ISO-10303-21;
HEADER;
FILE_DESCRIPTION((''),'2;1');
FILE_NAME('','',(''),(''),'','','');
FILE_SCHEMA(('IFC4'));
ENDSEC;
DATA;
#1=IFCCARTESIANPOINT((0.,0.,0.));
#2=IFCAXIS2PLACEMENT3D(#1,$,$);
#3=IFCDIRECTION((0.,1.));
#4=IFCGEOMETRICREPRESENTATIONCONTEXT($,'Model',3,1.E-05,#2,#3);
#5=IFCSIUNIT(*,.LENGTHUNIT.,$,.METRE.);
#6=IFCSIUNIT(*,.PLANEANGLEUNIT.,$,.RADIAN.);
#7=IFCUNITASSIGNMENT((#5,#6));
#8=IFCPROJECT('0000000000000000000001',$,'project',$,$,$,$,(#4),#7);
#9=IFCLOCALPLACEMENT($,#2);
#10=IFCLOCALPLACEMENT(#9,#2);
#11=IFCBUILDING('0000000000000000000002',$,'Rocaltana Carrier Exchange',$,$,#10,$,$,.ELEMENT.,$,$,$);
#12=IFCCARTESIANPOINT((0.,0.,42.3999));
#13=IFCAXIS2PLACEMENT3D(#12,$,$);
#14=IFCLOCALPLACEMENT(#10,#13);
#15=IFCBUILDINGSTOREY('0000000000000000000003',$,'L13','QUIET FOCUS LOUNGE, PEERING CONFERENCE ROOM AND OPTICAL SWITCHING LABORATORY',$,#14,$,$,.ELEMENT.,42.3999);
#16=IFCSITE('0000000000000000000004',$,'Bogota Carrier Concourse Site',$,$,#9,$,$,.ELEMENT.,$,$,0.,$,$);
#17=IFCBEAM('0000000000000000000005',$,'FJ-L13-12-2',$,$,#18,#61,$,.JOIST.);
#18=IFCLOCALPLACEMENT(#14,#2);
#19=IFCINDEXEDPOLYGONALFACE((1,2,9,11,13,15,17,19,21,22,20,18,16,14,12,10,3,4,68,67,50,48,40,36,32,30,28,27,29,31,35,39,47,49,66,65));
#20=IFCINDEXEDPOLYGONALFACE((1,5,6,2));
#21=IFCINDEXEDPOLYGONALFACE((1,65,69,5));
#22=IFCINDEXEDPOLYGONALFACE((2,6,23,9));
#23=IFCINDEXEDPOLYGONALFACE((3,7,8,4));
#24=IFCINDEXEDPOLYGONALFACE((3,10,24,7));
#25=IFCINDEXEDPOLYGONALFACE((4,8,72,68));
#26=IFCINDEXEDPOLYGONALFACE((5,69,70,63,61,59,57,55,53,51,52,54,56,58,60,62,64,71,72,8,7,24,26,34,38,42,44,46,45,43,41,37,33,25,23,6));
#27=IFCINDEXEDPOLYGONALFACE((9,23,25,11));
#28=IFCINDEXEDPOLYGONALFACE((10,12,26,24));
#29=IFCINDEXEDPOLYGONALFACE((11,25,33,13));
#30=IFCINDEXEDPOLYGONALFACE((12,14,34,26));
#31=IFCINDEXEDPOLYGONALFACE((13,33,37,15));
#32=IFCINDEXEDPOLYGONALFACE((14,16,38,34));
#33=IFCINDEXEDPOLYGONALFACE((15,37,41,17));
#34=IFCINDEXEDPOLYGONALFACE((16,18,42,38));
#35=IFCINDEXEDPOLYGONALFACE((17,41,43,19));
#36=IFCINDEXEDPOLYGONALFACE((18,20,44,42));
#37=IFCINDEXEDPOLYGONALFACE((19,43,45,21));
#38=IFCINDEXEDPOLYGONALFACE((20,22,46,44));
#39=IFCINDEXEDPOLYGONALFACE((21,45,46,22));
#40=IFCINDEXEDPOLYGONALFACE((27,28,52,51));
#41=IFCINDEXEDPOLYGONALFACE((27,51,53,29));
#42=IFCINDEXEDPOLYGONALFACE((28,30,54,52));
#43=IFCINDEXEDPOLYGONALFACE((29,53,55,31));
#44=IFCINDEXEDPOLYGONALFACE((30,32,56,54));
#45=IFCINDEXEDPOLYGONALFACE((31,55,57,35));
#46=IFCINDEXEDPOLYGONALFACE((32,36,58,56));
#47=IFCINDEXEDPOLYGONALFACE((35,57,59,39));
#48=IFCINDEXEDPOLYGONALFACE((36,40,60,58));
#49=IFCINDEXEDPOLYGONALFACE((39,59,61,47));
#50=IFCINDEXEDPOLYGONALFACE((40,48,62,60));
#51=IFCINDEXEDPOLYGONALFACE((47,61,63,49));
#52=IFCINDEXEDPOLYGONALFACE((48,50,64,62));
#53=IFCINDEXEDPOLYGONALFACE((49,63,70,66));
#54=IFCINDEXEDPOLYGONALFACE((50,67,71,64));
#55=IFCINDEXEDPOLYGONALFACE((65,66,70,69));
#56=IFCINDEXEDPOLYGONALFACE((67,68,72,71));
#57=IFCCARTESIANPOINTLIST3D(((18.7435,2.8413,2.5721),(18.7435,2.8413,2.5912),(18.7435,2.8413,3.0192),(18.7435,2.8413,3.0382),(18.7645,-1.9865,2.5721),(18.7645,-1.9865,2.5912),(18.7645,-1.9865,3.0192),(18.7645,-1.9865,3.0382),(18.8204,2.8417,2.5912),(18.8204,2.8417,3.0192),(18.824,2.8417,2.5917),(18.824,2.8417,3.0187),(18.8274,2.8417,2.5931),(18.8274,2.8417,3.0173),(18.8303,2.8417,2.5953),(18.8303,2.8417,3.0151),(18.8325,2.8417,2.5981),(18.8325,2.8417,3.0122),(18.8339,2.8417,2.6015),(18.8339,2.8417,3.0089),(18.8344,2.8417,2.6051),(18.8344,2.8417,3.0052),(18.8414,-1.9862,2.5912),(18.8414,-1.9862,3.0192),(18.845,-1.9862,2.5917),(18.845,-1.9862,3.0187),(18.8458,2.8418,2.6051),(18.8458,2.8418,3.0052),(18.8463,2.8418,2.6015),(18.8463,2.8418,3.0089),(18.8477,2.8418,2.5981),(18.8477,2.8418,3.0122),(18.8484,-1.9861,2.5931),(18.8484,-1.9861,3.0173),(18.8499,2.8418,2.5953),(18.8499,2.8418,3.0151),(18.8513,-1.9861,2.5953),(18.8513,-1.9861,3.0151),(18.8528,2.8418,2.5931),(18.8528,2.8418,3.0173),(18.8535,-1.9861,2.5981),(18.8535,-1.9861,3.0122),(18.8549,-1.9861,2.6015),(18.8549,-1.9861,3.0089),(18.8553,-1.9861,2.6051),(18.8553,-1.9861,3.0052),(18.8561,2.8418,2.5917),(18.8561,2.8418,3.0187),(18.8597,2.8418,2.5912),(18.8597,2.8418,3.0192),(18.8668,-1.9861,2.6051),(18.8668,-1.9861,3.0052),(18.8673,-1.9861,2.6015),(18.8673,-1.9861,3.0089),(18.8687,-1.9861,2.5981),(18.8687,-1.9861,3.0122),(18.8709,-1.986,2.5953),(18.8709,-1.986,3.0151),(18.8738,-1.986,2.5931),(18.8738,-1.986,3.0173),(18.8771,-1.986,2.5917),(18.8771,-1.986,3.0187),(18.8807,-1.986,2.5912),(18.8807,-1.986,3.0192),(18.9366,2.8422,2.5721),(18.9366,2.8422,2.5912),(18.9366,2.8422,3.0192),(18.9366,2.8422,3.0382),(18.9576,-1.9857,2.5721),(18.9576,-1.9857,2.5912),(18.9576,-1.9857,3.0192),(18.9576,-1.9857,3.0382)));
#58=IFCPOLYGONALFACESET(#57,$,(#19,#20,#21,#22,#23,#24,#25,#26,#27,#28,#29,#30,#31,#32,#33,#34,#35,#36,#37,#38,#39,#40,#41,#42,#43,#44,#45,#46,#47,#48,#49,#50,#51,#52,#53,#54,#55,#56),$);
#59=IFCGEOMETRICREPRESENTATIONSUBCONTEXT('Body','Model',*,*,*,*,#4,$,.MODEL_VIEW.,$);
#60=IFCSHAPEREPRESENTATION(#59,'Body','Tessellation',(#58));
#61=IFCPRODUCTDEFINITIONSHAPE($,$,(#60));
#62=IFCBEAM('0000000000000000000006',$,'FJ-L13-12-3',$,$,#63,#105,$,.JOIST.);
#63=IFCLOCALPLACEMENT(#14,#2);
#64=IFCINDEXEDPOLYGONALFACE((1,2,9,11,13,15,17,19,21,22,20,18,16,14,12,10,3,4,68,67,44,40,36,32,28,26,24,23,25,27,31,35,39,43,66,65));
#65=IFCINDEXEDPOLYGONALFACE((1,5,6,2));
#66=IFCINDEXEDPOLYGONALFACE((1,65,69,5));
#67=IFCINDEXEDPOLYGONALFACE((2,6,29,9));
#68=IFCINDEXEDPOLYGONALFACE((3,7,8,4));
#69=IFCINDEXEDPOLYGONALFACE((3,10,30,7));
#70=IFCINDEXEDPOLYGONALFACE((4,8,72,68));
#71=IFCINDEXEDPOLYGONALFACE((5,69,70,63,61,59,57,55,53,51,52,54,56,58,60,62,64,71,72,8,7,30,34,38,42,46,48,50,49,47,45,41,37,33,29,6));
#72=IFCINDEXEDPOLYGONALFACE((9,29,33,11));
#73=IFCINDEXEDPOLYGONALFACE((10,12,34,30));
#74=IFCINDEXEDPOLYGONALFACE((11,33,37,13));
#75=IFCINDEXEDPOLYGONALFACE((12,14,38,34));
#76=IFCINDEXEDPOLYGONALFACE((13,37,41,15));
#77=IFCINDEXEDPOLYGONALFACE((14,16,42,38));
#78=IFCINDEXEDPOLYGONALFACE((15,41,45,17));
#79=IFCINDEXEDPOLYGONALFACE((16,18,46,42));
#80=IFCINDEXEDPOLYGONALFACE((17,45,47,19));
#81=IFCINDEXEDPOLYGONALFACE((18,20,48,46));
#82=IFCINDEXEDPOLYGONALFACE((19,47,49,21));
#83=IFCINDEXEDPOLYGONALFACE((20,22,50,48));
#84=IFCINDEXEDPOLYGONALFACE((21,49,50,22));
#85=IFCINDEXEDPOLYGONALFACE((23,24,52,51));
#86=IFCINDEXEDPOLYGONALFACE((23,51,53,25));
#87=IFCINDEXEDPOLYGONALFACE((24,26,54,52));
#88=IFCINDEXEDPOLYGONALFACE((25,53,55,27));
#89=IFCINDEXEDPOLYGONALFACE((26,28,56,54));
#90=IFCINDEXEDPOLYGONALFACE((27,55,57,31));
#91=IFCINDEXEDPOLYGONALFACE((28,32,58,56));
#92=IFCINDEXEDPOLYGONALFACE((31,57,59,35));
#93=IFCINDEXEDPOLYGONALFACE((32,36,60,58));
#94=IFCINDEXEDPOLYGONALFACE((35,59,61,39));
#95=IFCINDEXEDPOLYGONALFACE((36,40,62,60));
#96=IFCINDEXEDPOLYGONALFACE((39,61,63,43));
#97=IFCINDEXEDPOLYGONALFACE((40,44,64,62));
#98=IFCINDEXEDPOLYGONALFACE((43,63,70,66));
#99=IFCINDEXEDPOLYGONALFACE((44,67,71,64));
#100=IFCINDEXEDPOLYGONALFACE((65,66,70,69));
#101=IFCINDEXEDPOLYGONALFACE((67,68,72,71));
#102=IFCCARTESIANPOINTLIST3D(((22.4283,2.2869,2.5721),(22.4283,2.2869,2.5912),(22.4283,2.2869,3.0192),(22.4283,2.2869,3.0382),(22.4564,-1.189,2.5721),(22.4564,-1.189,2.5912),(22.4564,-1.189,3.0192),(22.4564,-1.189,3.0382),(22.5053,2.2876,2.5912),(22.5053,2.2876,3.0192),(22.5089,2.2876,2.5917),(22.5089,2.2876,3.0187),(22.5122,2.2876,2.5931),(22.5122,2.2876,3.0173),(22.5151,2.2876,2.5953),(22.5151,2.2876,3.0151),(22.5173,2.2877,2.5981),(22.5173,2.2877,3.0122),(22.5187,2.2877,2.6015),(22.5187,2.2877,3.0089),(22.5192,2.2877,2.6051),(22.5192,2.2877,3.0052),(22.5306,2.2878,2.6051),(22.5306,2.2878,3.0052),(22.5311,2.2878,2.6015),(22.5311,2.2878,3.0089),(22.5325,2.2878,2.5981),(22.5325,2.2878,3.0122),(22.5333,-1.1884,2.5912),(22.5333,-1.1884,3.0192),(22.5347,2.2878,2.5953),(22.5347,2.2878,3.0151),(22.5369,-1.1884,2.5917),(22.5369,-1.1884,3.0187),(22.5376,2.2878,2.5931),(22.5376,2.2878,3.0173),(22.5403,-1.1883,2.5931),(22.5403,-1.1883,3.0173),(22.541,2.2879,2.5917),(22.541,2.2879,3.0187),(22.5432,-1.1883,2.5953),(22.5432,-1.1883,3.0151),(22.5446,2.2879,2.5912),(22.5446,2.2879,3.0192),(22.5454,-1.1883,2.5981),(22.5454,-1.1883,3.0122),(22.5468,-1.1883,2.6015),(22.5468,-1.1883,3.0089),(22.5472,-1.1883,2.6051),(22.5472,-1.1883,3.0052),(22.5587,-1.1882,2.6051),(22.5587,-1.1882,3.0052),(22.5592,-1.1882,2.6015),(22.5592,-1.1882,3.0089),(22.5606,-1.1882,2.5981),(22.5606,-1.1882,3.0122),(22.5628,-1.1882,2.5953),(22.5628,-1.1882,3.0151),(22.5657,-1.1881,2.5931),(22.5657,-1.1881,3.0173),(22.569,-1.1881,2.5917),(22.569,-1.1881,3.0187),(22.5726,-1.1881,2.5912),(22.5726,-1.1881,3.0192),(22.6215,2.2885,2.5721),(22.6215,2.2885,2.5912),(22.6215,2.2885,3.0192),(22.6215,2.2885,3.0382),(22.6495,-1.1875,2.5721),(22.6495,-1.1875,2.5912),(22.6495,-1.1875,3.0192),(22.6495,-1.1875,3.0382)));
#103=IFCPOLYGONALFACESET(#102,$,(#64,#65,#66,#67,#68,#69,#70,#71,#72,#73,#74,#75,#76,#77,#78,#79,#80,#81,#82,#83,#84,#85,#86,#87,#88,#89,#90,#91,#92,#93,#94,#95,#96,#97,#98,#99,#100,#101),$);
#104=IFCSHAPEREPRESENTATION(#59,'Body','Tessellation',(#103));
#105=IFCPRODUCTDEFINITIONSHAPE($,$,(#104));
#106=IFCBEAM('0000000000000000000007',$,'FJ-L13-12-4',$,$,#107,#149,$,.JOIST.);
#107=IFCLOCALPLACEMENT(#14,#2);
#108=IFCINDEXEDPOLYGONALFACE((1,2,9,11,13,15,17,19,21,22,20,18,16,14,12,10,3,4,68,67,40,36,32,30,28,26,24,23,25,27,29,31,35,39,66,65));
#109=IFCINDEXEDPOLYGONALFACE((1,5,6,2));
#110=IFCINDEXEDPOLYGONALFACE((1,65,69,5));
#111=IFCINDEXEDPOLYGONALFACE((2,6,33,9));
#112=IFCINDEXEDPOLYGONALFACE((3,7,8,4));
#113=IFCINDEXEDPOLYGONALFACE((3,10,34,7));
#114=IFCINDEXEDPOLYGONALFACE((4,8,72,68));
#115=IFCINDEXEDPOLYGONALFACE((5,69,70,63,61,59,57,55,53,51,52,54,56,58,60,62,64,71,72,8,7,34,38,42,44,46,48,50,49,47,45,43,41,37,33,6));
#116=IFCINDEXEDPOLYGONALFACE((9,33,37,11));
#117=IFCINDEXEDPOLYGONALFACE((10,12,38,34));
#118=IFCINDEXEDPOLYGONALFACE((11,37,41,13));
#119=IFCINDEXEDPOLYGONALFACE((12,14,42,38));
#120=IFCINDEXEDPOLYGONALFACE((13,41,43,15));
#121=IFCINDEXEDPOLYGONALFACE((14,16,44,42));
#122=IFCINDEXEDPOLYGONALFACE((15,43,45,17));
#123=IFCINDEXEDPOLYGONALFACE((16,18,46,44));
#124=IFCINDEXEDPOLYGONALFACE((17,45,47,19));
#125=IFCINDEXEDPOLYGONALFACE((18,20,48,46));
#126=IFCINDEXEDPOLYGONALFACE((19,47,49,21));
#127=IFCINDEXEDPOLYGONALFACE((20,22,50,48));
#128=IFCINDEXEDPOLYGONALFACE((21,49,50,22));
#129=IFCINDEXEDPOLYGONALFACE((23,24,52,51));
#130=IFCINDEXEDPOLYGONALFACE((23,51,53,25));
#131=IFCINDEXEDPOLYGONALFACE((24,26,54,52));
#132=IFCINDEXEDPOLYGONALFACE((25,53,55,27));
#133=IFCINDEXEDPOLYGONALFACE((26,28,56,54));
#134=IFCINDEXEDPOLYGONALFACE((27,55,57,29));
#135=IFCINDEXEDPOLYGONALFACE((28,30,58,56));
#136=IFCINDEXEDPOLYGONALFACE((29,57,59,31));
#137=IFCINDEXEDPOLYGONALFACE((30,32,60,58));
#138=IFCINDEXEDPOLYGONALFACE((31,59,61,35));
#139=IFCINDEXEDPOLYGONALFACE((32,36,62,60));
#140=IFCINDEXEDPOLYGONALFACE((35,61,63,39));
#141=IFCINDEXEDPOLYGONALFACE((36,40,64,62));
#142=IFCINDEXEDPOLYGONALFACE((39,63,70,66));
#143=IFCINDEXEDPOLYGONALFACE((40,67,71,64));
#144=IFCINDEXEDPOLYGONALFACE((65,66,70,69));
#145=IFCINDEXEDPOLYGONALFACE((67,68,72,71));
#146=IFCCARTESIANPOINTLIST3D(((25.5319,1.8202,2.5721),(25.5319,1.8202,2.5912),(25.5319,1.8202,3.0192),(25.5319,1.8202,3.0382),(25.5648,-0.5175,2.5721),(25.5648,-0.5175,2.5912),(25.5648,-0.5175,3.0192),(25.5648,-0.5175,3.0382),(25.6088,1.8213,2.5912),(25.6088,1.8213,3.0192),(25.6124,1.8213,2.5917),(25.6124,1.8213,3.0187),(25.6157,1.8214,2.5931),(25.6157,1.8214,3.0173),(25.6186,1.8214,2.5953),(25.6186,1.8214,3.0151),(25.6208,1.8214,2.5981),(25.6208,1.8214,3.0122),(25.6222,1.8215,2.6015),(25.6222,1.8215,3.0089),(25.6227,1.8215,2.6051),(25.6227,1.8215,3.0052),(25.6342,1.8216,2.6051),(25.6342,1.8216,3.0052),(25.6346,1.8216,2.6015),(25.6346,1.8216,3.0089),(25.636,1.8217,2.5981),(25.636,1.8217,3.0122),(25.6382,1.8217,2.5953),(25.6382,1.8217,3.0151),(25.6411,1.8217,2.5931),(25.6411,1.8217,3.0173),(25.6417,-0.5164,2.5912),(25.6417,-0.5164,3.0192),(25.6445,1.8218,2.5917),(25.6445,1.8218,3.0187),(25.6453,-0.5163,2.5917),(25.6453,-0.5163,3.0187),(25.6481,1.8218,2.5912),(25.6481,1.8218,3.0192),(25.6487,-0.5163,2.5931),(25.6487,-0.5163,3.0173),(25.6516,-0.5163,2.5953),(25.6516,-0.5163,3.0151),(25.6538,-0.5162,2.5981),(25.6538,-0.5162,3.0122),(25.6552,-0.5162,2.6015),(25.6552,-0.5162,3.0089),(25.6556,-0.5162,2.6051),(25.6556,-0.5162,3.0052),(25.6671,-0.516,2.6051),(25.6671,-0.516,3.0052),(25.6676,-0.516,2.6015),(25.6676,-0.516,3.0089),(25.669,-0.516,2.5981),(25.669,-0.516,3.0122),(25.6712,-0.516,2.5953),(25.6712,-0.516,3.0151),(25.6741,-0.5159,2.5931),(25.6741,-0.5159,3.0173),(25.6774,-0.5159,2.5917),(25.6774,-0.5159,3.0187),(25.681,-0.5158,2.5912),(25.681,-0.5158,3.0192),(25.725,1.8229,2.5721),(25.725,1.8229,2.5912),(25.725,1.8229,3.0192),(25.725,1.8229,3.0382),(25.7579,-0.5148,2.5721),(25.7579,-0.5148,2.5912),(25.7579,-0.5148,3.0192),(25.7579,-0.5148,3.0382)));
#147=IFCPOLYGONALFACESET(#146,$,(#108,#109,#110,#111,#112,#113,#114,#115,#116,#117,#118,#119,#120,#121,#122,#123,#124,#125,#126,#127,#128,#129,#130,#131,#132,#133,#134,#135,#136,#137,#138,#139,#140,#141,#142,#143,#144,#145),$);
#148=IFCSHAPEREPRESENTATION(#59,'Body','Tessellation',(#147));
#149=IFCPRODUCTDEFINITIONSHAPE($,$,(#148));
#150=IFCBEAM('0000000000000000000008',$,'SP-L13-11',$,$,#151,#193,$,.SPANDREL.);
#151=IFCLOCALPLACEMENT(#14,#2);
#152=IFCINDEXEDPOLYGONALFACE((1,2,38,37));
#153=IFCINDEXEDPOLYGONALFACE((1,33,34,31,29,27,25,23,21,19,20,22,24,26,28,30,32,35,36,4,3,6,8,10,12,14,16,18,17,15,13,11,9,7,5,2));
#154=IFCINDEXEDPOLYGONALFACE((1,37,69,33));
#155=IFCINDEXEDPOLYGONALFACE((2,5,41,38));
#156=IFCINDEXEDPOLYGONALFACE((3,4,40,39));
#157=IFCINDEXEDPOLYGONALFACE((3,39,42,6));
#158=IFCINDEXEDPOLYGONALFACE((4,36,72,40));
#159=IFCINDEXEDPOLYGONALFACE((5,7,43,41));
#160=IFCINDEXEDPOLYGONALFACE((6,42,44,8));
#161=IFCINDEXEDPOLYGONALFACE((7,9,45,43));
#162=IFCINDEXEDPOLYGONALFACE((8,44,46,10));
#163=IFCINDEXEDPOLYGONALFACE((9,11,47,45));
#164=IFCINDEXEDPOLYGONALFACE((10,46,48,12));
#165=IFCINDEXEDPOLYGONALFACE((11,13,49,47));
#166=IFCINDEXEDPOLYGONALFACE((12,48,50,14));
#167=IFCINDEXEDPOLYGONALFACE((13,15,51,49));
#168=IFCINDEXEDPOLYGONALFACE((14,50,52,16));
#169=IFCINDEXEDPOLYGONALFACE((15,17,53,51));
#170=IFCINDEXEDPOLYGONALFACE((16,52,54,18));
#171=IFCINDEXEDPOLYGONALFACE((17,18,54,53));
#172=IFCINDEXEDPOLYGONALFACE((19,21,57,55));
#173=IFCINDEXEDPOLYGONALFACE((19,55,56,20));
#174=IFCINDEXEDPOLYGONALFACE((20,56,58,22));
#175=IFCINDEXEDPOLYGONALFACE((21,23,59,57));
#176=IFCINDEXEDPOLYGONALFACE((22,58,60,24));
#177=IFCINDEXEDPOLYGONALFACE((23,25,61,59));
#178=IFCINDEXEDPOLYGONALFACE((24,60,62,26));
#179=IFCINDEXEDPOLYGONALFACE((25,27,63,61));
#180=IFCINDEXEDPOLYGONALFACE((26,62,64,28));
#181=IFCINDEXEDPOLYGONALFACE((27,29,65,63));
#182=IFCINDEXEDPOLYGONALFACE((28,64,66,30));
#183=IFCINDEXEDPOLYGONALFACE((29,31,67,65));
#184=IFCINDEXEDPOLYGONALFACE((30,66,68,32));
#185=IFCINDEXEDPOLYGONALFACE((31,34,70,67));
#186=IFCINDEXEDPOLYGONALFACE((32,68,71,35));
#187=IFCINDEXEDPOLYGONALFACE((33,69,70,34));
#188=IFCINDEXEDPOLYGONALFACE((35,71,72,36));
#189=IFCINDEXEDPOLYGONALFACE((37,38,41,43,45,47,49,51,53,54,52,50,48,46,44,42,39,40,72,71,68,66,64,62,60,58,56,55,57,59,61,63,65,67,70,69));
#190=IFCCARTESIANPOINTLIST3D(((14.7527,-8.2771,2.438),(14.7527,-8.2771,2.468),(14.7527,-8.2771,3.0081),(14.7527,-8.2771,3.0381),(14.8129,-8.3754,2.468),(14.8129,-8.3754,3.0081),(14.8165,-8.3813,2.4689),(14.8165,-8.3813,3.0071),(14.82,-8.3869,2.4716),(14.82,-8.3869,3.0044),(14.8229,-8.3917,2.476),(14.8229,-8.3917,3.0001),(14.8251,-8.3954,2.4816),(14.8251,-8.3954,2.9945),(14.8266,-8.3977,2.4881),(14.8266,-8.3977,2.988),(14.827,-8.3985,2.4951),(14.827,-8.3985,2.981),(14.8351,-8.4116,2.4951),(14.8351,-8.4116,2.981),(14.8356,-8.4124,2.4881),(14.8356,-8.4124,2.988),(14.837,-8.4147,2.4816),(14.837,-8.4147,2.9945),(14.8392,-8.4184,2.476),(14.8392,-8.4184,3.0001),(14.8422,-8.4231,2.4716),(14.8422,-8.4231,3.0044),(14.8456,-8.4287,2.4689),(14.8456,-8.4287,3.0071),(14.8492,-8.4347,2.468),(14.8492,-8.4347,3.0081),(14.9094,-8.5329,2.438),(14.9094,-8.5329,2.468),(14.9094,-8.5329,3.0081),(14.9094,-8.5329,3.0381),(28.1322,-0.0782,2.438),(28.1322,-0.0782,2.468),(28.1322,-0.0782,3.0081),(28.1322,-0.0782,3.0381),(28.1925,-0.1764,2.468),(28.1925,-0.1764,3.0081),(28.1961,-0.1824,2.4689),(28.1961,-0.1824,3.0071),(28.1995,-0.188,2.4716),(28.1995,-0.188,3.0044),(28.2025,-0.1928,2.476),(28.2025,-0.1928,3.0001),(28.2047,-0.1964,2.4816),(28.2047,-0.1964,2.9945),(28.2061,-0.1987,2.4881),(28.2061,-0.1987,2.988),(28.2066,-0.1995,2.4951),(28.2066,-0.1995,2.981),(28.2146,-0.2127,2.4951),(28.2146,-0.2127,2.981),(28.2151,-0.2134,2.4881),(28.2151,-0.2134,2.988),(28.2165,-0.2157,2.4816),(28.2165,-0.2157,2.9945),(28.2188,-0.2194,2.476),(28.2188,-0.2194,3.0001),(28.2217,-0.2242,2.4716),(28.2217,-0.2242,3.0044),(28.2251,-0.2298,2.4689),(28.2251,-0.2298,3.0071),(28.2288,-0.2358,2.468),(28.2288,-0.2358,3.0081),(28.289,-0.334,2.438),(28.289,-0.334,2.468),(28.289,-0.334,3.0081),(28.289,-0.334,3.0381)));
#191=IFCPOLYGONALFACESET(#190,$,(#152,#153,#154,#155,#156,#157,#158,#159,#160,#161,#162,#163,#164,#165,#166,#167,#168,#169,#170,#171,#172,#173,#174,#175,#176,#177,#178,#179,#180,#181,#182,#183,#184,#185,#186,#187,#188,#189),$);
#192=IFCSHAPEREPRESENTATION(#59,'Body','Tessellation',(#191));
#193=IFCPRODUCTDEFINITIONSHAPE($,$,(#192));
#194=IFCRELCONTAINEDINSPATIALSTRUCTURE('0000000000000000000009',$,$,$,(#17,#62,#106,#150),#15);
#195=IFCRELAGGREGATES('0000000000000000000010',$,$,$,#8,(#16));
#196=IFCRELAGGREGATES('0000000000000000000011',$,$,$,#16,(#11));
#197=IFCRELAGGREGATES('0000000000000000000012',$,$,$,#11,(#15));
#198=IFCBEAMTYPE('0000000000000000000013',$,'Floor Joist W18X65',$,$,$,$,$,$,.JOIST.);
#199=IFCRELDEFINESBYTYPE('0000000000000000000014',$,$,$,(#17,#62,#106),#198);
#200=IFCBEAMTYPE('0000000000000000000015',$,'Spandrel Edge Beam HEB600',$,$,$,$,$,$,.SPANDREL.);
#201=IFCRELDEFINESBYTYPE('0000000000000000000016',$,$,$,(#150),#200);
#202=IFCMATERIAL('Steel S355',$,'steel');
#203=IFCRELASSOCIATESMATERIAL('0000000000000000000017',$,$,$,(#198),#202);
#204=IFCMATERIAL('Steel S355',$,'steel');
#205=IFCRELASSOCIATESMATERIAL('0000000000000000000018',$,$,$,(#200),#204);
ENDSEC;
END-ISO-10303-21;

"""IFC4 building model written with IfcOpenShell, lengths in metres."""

from ifc_helpers import new_model, si_unit, direction, frame, origin, origin_2d, place, context, subcontext, project, spatial, i_section, extrude, material, material_profile, profile_set, type_object, element, save


model = new_model("IFC4")

# Units and contexts
model_context = context("Model", 3, precision=1e-05, world=origin(), true_north=direction((0.0, 1.0)))
body_context = subcontext(model_context, "Body", "Model", "MODEL_VIEW")
ifc_project = project(units=[si_unit("LENGTHUNIT", "METRE"), si_unit("PLANEANGLEUNIT", "RADIAN")], contexts=[model_context])

# Site, building, storey
site_placement = place(None, origin())
site = spatial("IfcSite", under=ifc_project, at=site_placement, Name="Bogota Carrier Concourse Site", CompositionType="ELEMENT", RefElevation=0.0)
building_placement = place(site_placement, origin())
building = spatial("IfcBuilding", under=site, at=building_placement, Name="Rocaltana Carrier Exchange", CompositionType="ELEMENT")
storey_placement = place(building_placement, frame((0.0, 0.0, 42.3999)))
storey = spatial("IfcBuildingStorey", under=building, at=storey_placement, Name="L13", Description="QUIET FOCUS LOUNGE, PEERING CONFERENCE ROOM AND OPTICAL SWITCHING LABORATORY", CompositionType="ELEMENT", Elevation=42.3999)

# Beams
ifc_material_1 = material(Name="Steel S355", Category="steel")
ifc_material_profile_1 = material_profile(ifc_material_1, i_section(OverallWidth=0.1931, OverallDepth=0.4661, WebThickness=0.0115, FlangeThickness=0.019, FilletRadius=0.0139, at=origin_2d()), Name="W18X65")
ifc_profile_set_1 = profile_set([ifc_material_profile_1], Name="Steel S355")
beam_type_1 = type_object("IfcBeamType", Name="Floor Joist W18X65", PredefinedType="JOIST", material=ifc_profile_set_1)
beam_1_placement = place(storey_placement, frame((18.8611, -1.9861, 2.8052), z_axis=(-0.004349, 0.999991, 0.0), x_axis=(-0.999991, -0.004349, 0.0)))
element("IfcBeam", 1, at=beam_1_placement, inside=storey, type_object=beam_type_1, Name="FJ-L13-12-2", PredefinedType="JOIST", context=body_context, shape_type="SweptSolid", body=[
    extrude(i_section(OverallWidth=0.1931, OverallDepth=0.4661, WebThickness=0.0115, FlangeThickness=0.019, FilletRadius=0.0139, at=origin_2d()), origin(), (0.0, 0.0, 1.0), 4.8279),
])
beam_2_placement = place(storey_placement, frame((22.553, -1.1882, 2.8052), z_axis=(-0.008077, 0.999967, 0.0), x_axis=(-0.999967, -0.008077, 0.0)))
element("IfcBeam", 2, at=beam_2_placement, inside=storey, type_object=beam_type_1, Name="FJ-L13-12-3", PredefinedType="JOIST", context=body_context, shape_type="SweptSolid", body=[
    extrude(i_section(OverallWidth=0.1931, OverallDepth=0.4661, WebThickness=0.0115, FlangeThickness=0.019, FilletRadius=0.0139, at=origin_2d()), origin(), (0.0, 0.0, 1.0), 3.4761),
])
beam_3_placement = place(storey_placement, frame((25.6614, -0.5161, 2.8052), z_axis=(-0.014098, 0.999901, 0.0), x_axis=(-0.999901, -0.014098, 0.0)))
element("IfcBeam", 3, at=beam_3_placement, inside=storey, type_object=beam_type_1, Name="FJ-L13-12-4", PredefinedType="JOIST", context=body_context, shape_type="SweptSolid", body=[
    extrude(i_section(OverallWidth=0.1931, OverallDepth=0.4661, WebThickness=0.0115, FlangeThickness=0.019, FilletRadius=0.0139, at=origin_2d()), origin(), (0.0, 0.0, 1.0), 2.3379),
])
ifc_material_2 = material(Name="Steel S355", Category="steel")
ifc_material_profile_2 = material_profile(ifc_material_2, i_section(OverallWidth=0.3, OverallDepth=0.6001, WebThickness=0.0154, FlangeThickness=0.03, FilletRadius=0.0271, at=origin_2d()), Name="HEB600")
ifc_profile_set_2 = profile_set([ifc_material_profile_2], Name="Steel S355")
beam_type_2 = type_object("IfcBeamType", Name="Spandrel Edge Beam HEB600", PredefinedType="SPANDREL", material=ifc_profile_set_2)
beam_4_placement = place(storey_placement, frame((14.8311, -8.405, 2.738), z_axis=(0.852642, 0.522495, 0.0), x_axis=(-0.522495, 0.852642, 0.0)))
element("IfcBeam", 4, at=beam_4_placement, inside=storey, type_object=beam_type_2, Name="SP-L13-11", PredefinedType="SPANDREL", context=body_context, shape_type="SweptSolid", body=[
    extrude(i_section(OverallWidth=0.3, OverallDepth=0.6001, WebThickness=0.0154, FlangeThickness=0.03, FilletRadius=0.0271, at=origin_2d()), origin(), (0.0, 0.0, 1.0), 15.6919),
])

save(model, "model.ifc")
